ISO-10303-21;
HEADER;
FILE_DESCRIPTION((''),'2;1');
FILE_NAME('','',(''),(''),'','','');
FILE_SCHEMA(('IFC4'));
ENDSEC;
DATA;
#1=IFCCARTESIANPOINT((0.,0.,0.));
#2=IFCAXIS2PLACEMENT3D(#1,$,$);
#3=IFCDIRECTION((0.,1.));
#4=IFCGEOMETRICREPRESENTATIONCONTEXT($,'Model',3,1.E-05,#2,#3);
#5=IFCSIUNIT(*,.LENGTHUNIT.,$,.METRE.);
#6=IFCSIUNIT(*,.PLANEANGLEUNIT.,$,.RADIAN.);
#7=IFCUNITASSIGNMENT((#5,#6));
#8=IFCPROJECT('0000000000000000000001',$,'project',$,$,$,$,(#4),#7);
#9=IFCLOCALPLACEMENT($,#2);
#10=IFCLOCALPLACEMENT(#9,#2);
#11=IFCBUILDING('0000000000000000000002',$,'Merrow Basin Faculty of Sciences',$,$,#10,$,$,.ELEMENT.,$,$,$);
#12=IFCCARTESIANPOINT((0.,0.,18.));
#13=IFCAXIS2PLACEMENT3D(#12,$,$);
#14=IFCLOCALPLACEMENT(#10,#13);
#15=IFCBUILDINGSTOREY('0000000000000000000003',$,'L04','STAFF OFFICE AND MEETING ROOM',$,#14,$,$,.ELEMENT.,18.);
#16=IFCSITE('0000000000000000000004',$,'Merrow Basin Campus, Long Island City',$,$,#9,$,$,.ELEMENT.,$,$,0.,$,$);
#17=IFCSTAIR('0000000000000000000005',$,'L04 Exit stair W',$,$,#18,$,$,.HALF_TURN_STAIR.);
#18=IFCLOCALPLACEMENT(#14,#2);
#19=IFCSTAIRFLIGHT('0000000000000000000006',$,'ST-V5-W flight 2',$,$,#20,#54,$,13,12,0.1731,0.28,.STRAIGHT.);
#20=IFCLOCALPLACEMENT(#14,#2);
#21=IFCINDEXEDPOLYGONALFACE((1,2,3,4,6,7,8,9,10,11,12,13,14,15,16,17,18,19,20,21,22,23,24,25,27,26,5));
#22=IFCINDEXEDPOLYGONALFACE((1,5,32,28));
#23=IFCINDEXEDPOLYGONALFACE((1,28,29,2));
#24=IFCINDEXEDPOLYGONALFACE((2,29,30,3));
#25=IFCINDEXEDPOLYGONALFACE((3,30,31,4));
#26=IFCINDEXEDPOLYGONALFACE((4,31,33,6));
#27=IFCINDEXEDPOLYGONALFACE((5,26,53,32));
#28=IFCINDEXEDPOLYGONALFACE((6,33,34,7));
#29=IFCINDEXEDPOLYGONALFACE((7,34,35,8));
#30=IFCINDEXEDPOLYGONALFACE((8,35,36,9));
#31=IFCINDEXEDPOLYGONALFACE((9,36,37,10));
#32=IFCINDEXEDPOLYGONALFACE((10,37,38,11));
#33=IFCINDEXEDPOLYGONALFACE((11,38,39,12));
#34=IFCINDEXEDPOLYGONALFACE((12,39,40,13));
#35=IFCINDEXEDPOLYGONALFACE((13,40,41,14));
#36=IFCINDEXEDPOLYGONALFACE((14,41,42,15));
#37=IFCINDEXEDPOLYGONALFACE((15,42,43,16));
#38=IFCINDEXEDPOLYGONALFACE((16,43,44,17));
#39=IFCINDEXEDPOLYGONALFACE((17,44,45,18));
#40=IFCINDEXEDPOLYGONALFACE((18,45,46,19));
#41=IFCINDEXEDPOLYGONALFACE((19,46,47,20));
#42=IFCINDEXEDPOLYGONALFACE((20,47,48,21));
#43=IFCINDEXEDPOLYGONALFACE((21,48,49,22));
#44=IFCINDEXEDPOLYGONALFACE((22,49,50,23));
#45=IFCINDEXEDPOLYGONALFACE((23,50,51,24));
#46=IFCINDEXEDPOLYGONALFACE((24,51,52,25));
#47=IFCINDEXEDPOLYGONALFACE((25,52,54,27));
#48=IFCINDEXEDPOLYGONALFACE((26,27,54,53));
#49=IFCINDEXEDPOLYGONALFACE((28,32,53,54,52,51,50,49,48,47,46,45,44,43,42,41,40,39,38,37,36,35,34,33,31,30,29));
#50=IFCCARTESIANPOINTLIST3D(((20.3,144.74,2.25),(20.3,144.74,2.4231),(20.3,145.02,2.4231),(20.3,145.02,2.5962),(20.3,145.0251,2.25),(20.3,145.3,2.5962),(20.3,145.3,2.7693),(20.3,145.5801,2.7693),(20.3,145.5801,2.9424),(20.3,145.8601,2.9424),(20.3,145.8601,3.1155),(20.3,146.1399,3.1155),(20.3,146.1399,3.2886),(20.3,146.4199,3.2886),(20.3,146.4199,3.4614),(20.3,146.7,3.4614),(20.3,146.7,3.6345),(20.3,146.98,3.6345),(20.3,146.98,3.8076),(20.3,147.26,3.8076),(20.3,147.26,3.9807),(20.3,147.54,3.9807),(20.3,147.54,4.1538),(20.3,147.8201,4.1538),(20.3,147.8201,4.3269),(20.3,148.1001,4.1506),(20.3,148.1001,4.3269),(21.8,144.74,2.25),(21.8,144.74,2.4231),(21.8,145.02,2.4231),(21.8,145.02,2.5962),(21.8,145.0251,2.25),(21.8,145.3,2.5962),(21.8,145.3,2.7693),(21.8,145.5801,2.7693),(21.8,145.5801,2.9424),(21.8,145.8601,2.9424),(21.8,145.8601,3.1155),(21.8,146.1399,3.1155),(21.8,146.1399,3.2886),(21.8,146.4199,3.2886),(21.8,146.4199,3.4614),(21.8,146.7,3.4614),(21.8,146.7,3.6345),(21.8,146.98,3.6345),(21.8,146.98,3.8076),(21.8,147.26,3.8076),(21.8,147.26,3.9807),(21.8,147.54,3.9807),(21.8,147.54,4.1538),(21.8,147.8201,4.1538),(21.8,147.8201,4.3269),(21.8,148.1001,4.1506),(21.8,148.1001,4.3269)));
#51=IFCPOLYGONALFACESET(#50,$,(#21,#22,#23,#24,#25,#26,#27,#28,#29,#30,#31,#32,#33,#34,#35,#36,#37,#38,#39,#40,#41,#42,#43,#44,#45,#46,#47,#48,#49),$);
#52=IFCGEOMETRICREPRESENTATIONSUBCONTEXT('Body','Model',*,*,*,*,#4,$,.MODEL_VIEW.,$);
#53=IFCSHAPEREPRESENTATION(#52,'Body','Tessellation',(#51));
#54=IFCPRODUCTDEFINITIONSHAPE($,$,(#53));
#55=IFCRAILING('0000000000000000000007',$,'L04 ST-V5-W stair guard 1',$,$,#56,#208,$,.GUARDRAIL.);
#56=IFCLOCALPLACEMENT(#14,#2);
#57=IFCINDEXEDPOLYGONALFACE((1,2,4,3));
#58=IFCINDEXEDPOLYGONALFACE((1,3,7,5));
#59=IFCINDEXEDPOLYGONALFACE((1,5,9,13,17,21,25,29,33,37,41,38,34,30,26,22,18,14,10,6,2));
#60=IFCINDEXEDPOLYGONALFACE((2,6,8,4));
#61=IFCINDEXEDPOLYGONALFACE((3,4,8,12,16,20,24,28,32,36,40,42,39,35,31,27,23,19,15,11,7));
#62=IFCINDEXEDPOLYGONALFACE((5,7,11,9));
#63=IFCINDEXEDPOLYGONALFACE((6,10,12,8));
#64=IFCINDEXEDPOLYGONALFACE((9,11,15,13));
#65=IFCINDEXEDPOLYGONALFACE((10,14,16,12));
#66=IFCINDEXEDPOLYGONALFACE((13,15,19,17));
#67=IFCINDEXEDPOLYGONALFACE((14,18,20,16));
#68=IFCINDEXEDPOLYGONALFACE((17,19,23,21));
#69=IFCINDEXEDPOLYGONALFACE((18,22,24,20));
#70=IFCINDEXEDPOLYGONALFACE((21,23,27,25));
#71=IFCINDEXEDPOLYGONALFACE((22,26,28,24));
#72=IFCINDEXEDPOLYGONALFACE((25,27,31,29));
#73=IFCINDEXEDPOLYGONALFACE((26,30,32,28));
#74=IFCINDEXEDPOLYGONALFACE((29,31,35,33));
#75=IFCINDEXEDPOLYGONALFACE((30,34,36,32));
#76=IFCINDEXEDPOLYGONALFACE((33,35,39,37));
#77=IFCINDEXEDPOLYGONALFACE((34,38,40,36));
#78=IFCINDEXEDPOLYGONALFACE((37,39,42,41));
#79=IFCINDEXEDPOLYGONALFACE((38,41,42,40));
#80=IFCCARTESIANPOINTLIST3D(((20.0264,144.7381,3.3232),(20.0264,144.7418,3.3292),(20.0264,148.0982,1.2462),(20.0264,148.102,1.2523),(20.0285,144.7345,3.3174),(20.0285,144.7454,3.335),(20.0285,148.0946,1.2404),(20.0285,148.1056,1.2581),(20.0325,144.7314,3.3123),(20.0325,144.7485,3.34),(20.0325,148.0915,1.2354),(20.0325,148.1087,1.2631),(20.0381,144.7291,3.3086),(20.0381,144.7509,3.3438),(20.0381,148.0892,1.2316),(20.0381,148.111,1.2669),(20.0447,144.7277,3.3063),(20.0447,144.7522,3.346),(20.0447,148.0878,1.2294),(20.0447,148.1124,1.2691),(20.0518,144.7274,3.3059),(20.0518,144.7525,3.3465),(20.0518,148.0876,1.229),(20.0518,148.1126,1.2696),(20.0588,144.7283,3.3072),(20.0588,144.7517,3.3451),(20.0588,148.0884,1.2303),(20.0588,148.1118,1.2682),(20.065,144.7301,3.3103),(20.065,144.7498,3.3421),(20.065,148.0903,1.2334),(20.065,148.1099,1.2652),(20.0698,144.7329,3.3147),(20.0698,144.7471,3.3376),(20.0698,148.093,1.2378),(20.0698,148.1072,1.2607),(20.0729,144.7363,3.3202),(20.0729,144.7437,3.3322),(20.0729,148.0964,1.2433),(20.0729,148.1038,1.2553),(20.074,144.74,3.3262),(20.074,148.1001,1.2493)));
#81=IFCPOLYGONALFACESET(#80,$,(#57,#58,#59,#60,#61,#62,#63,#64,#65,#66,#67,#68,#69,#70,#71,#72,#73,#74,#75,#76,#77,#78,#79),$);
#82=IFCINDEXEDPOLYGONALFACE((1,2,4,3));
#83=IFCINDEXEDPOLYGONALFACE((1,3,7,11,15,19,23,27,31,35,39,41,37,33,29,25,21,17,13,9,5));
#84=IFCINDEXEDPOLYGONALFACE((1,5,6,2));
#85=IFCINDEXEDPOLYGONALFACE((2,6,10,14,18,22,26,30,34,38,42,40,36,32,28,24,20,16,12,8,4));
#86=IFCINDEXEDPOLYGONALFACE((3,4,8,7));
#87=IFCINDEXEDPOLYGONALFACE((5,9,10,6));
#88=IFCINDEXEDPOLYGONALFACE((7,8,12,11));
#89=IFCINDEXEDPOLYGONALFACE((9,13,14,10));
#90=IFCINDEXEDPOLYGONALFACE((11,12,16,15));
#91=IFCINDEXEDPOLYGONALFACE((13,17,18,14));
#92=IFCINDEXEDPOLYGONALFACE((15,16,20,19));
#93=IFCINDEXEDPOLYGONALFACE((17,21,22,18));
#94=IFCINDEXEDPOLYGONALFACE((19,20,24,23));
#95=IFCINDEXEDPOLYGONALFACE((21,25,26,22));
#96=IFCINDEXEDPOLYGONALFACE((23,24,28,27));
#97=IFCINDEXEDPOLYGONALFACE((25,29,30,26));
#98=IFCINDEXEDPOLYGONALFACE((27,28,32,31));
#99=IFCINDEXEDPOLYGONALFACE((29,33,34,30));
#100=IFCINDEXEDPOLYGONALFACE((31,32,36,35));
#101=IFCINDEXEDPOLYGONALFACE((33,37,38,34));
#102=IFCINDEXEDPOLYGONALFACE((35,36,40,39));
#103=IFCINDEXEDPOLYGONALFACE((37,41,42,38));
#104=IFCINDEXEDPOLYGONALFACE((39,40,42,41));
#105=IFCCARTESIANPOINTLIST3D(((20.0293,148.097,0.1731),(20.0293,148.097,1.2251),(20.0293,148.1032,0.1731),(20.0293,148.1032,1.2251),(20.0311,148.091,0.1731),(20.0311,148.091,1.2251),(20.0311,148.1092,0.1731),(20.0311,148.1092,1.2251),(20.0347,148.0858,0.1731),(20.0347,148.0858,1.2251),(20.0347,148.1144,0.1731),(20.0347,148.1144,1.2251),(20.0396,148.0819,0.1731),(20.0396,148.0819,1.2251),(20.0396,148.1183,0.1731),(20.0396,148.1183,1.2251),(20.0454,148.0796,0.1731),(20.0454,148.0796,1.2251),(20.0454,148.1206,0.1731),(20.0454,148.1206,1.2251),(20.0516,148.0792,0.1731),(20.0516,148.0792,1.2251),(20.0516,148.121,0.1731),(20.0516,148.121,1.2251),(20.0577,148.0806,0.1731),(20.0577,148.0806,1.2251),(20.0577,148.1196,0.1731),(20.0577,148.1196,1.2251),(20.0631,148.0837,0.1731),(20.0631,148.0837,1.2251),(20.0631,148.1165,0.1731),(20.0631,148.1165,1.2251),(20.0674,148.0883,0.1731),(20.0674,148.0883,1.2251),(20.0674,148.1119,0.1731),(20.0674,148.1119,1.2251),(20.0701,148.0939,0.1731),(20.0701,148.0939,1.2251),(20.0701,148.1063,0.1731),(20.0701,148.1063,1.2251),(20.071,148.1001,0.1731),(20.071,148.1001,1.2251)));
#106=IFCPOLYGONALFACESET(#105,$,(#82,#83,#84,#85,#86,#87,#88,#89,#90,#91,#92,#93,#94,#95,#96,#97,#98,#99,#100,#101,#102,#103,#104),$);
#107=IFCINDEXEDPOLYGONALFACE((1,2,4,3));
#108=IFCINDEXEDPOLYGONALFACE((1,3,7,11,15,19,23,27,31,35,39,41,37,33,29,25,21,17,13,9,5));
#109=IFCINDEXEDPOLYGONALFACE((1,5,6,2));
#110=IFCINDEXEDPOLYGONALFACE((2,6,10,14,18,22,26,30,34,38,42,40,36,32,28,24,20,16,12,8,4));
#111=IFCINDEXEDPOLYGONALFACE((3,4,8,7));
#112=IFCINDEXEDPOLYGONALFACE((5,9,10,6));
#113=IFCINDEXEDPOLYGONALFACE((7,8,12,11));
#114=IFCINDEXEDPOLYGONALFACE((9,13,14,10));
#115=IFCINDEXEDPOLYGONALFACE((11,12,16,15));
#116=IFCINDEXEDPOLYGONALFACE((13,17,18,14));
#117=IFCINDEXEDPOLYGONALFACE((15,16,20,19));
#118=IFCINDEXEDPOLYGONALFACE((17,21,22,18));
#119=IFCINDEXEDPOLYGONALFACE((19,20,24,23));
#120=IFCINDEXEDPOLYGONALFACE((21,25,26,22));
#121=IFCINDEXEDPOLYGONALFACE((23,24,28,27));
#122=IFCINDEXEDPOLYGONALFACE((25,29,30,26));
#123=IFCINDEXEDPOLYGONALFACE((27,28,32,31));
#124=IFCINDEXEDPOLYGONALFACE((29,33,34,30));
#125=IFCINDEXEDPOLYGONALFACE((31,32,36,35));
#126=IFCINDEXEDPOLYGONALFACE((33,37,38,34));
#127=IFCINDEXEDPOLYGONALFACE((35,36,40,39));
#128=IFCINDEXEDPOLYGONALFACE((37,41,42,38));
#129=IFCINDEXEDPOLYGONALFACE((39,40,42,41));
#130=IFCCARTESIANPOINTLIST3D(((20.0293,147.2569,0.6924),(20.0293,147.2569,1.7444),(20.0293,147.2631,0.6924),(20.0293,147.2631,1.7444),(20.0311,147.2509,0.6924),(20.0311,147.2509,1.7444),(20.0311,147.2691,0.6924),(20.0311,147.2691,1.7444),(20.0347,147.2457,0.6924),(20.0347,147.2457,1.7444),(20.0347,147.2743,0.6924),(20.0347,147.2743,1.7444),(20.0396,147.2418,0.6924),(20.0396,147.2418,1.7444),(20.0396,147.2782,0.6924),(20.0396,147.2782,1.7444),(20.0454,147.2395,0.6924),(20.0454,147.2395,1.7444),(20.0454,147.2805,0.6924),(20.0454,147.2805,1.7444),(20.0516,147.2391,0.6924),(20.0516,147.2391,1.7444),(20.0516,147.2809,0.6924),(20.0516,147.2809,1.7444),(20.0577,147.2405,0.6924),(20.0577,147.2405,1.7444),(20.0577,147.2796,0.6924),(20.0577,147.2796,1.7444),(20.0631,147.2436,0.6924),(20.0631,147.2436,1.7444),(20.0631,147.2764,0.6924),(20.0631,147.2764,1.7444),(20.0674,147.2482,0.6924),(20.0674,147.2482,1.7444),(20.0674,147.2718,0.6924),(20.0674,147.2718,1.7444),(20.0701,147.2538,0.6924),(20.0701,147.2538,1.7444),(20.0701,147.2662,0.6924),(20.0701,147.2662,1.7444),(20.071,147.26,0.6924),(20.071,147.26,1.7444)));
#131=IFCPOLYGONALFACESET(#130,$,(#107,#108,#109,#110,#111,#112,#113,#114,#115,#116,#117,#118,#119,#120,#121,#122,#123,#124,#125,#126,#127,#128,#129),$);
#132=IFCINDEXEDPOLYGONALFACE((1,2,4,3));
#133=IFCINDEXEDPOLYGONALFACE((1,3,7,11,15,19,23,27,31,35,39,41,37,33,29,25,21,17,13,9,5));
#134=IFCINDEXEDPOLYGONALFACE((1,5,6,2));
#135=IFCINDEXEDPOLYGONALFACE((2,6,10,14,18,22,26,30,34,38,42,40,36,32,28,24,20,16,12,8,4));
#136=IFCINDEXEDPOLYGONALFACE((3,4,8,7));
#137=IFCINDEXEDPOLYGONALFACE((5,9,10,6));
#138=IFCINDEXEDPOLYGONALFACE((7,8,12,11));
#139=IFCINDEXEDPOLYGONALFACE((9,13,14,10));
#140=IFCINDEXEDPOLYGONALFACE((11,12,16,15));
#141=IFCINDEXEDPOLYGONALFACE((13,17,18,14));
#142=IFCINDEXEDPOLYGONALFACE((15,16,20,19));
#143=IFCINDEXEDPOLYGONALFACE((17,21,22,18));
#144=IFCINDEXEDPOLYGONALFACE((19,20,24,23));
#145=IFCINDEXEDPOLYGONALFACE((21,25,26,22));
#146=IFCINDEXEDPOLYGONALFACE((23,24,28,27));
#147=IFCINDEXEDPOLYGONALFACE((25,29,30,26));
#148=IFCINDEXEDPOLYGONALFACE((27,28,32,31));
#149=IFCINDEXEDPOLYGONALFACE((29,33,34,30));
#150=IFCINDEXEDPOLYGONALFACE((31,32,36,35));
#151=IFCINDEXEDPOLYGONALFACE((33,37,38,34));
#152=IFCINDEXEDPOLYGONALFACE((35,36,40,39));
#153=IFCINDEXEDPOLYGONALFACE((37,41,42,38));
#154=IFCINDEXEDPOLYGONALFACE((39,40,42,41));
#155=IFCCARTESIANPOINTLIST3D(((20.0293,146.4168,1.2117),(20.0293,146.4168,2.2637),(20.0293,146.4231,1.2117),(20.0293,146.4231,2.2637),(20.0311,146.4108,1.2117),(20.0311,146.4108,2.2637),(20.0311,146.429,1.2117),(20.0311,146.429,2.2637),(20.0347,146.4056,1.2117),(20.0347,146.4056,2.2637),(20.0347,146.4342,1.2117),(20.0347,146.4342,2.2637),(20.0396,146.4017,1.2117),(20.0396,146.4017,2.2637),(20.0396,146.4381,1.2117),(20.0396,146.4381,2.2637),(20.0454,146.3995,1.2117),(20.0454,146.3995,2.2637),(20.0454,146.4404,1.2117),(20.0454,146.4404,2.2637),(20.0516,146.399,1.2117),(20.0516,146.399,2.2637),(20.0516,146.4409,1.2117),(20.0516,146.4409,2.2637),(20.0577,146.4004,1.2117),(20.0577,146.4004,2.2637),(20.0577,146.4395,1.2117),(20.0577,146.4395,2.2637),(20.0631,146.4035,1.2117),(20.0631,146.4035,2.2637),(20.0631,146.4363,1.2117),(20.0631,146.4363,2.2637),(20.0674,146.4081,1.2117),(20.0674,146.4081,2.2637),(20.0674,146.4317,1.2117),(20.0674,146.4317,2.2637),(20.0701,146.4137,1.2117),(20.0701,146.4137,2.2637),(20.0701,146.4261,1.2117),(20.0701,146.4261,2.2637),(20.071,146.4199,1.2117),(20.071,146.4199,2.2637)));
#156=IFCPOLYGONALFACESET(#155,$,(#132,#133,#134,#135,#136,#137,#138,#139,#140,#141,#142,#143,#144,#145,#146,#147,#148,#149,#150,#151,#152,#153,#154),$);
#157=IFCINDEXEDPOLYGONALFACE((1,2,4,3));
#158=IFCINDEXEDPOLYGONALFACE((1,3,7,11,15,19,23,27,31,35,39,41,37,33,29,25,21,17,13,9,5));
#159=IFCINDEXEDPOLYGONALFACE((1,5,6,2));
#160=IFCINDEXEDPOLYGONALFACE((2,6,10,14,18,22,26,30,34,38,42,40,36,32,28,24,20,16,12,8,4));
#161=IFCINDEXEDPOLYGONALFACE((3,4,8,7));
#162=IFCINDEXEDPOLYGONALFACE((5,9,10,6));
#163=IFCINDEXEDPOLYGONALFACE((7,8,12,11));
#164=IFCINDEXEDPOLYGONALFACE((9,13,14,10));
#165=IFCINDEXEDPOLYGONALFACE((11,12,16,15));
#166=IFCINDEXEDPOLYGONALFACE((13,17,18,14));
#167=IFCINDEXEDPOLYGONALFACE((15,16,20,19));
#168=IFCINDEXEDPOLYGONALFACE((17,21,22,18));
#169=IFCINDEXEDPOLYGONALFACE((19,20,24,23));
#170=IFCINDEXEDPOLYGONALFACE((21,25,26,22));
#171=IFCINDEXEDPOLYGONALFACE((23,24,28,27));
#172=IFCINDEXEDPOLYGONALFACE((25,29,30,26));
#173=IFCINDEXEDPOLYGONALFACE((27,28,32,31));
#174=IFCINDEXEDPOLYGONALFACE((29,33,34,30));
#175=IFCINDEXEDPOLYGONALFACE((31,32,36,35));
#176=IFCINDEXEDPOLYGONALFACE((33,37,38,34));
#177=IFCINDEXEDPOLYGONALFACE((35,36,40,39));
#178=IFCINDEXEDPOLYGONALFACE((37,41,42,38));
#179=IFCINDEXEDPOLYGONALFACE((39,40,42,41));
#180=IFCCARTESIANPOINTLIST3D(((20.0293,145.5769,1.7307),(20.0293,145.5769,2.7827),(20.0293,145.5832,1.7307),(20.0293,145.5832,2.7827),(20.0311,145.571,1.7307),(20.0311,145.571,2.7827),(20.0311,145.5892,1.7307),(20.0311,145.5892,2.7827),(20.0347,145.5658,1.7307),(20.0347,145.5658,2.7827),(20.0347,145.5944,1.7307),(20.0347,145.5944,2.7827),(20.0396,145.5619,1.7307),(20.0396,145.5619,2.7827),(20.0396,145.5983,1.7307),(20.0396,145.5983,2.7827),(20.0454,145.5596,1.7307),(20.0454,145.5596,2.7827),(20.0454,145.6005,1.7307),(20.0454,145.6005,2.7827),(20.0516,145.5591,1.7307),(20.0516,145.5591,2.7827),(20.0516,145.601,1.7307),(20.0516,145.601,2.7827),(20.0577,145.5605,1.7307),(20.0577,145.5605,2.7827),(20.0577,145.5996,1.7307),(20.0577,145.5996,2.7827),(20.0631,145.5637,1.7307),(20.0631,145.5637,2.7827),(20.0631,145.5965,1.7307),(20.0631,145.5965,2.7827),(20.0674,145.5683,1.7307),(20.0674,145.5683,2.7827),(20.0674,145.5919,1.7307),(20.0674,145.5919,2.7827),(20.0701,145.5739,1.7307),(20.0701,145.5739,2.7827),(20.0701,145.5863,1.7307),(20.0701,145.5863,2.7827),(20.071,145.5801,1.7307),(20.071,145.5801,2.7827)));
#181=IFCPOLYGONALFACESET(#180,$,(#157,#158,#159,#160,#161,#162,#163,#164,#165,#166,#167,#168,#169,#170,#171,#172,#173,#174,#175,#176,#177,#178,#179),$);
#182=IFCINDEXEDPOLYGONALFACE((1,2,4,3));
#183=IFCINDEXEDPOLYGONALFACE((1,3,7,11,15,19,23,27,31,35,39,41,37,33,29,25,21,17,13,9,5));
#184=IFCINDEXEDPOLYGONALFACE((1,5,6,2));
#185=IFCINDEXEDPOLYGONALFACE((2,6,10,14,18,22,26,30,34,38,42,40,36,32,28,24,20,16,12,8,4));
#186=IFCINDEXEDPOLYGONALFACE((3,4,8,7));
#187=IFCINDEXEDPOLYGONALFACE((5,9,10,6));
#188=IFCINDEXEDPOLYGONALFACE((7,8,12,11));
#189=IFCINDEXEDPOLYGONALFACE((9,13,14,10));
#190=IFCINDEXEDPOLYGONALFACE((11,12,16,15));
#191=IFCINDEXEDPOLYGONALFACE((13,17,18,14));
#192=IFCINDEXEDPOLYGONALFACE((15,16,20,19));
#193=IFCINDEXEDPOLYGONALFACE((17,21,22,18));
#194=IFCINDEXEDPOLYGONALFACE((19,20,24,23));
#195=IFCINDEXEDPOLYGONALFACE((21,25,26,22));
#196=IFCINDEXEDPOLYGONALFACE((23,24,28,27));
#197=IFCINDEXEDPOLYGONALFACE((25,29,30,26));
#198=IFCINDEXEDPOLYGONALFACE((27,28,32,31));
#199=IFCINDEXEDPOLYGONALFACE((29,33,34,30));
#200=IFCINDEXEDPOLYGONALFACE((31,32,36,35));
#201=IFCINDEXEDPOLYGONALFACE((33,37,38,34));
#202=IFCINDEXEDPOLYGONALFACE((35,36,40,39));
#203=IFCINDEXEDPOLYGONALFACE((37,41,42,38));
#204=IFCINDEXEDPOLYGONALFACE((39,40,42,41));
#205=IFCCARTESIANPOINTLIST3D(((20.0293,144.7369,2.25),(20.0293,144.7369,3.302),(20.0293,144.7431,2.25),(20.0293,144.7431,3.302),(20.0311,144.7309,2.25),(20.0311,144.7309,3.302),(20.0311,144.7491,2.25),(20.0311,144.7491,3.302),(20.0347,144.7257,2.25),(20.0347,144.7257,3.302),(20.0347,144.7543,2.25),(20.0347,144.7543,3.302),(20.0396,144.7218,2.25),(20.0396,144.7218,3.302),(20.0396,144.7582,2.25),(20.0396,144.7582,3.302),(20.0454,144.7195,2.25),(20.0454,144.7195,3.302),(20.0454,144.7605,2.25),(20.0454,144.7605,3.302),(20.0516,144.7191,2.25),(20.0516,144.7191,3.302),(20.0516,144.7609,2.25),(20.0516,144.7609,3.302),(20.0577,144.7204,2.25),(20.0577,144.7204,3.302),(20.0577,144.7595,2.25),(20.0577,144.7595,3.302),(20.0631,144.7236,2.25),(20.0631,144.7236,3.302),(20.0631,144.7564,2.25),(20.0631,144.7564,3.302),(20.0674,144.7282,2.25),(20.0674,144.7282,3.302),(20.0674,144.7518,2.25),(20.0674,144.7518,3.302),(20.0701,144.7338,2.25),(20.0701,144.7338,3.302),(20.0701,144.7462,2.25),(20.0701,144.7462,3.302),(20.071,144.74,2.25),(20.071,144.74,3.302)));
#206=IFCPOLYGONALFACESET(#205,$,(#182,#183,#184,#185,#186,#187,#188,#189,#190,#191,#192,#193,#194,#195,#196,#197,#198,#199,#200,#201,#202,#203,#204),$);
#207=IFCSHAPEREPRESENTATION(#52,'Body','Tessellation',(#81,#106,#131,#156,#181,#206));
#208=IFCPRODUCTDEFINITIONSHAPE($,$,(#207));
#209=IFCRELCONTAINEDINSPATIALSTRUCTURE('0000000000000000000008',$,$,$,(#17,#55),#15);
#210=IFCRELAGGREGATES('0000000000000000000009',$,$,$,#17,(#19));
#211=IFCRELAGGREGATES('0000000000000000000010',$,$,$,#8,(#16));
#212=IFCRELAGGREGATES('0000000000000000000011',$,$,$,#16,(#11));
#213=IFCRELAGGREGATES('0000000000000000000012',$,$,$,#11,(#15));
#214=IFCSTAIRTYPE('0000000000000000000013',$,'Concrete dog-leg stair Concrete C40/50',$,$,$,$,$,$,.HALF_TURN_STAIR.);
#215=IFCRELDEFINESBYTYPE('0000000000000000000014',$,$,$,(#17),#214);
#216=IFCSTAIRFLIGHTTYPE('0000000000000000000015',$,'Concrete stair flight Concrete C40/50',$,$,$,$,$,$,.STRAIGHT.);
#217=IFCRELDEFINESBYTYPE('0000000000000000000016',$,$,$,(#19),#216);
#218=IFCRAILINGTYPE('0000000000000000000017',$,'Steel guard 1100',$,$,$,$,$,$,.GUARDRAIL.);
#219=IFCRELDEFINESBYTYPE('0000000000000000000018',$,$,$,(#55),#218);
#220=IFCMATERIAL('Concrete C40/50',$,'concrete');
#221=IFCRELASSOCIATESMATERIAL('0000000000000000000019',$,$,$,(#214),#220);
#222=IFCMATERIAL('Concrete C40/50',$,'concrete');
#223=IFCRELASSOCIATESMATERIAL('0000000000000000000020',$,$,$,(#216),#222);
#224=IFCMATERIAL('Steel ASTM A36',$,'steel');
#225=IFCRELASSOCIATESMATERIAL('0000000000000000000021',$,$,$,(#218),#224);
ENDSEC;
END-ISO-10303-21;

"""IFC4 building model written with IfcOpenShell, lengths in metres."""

from ifc_helpers import new_model, si_unit, direction, frame, origin, origin_2d, place, context, subcontext, project, spatial, polyline, circle, outline, extrude, material, type_object, element, aggregate, save


model = new_model("IFC4")

# Units and contexts
model_context = context("Model", 3, precision=1e-05, world=origin(), true_north=direction((0.0, 1.0)))
body_context = subcontext(model_context, "Body", "Model", "MODEL_VIEW")
ifc_project = project(units=[si_unit("LENGTHUNIT", "METRE"), si_unit("PLANEANGLEUNIT", "RADIAN")], contexts=[model_context])

# Site, building, storey
site_placement = place(None, origin())
site = spatial("IfcSite", under=ifc_project, at=site_placement, Name="Merrow Basin Campus, Long Island City", CompositionType="ELEMENT", RefElevation=0.0)
building_placement = place(site_placement, origin())
building = spatial("IfcBuilding", under=site, at=building_placement, Name="Merrow Basin Faculty of Sciences", CompositionType="ELEMENT")
storey_placement = place(building_placement, frame((0.0, 0.0, 18.0)))
storey = spatial("IfcBuildingStorey", under=building, at=storey_placement, Name="L04", Description="STAFF OFFICE AND MEETING ROOM", CompositionType="ELEMENT", Elevation=18.0)

# Stair, stair flight
ifc_material_1 = material(Name="Concrete C40/50", Category="concrete")
stair_type = type_object("IfcStairType", Name="Concrete dog-leg stair Concrete C40/50", PredefinedType="HALF_TURN_STAIR", material=ifc_material_1)
stair_placement = place(storey_placement, origin())
stair = element("IfcStair", 1, at=stair_placement, inside=storey, type_object=stair_type, Name="L04 Exit stair W", PredefinedType="HALF_TURN_STAIR")
ifc_material_2 = material(Name="Concrete C40/50", Category="concrete")
stair_flight_type = type_object("IfcStairFlightType", Name="Concrete stair flight Concrete C40/50", PredefinedType="STRAIGHT", material=ifc_material_2)
stair_flight_placement = place(storey_placement, frame((21.05, 144.74, 2.25), z_axis=(0.0, 0.0, 1.0), x_axis=(0.0, 1.0, 0.0)))
stair_flight = element("IfcStairFlight", 2, at=stair_flight_placement, type_object=stair_flight_type, Name="ST-V5-W flight 2", NumberOfRisers=13, NumberOfTreads=12, PredefinedType="STRAIGHT", RiserHeight=0.1731, TreadLength=0.28, context=body_context, shape_type="SweptSolid", body=[
    extrude(outline(polyline([(0.0, 0.0), (0.0, 0.1731), (0.28, 0.1731), (0.28, 0.3462), (0.5601, 0.3462), (0.5601, 0.5193), (0.8401, 0.5193), (0.8401, 0.6924), (1.1201, 0.6924), (1.1201, 0.8655), (1.3999, 0.8655), (1.3999, 1.0386), (1.6799, 1.0386), (1.6799, 1.2114), (1.96, 1.2114), (1.96, 1.3845), (2.24, 1.3845), (2.24, 1.5576), (2.52, 1.5576), (2.52, 1.7307), (2.8, 1.7307), (2.8, 1.9038), (3.0801, 1.9038), (3.0801, 2.0769), (3.3601, 2.0769), (3.3601, 2.25), (3.3601, 1.9006), (0.2852, 0.0), (0.0, 0.0)])), frame((0.0, 0.75, 0.0), z_axis=(0.0, -1.0, 0.0), x_axis=(1.0, 0.0, 0.0)), (0.0, 0.0, 1.0), 1.5),
])
aggregate(stair, [stair_flight])

# Railing
ifc_material_3 = material(Name="Steel ASTM A36", Category="steel")
railing_type_1 = type_object("IfcRailingType", Name="Steel guard 1100", PredefinedType="GUARDRAIL", material=ifc_material_3)
railing_1_placement = place(storey_placement, frame((20.05, 148.1001, 0.1731)))
element("IfcRailing", 3, at=railing_1_placement, inside=storey, type_object=railing_type_1, Name="L04 ST-V5-W stair guard 1", PredefinedType="GUARDRAIL", context=body_context, shape_type="SweptSolid", body=[
    extrude(circle(Radius=0.0239, at=origin_2d()), frame((0.0, 0.0, 1.0762), z_axis=(0.0, -0.850623, 0.525776), x_axis=(1.0, 0.0, 0.0)), (0.0, 0.0, 1.0), 3.9502),
    extrude(circle(Radius=0.021, at=origin_2d()), origin(), (0.0, 0.0, 1.0), 1.052),
    extrude(circle(Radius=0.021, at=origin_2d()), frame((0.0, -0.8401, 0.5193)), (0.0, 0.0, 1.0), 1.052),
    extrude(circle(Radius=0.021, at=origin_2d()), frame((0.0, -1.6802, 1.0386)), (0.0, 0.0, 1.0), 1.052),
    extrude(circle(Radius=0.021, at=origin_2d()), frame((0.0, -2.52, 1.5576)), (0.0, 0.0, 1.0), 1.052),
    extrude(circle(Radius=0.021, at=origin_2d()), frame((0.0, -3.3601, 2.0769)), (0.0, 0.0, 1.0), 1.052),
])

save(model, "model.ifc")
